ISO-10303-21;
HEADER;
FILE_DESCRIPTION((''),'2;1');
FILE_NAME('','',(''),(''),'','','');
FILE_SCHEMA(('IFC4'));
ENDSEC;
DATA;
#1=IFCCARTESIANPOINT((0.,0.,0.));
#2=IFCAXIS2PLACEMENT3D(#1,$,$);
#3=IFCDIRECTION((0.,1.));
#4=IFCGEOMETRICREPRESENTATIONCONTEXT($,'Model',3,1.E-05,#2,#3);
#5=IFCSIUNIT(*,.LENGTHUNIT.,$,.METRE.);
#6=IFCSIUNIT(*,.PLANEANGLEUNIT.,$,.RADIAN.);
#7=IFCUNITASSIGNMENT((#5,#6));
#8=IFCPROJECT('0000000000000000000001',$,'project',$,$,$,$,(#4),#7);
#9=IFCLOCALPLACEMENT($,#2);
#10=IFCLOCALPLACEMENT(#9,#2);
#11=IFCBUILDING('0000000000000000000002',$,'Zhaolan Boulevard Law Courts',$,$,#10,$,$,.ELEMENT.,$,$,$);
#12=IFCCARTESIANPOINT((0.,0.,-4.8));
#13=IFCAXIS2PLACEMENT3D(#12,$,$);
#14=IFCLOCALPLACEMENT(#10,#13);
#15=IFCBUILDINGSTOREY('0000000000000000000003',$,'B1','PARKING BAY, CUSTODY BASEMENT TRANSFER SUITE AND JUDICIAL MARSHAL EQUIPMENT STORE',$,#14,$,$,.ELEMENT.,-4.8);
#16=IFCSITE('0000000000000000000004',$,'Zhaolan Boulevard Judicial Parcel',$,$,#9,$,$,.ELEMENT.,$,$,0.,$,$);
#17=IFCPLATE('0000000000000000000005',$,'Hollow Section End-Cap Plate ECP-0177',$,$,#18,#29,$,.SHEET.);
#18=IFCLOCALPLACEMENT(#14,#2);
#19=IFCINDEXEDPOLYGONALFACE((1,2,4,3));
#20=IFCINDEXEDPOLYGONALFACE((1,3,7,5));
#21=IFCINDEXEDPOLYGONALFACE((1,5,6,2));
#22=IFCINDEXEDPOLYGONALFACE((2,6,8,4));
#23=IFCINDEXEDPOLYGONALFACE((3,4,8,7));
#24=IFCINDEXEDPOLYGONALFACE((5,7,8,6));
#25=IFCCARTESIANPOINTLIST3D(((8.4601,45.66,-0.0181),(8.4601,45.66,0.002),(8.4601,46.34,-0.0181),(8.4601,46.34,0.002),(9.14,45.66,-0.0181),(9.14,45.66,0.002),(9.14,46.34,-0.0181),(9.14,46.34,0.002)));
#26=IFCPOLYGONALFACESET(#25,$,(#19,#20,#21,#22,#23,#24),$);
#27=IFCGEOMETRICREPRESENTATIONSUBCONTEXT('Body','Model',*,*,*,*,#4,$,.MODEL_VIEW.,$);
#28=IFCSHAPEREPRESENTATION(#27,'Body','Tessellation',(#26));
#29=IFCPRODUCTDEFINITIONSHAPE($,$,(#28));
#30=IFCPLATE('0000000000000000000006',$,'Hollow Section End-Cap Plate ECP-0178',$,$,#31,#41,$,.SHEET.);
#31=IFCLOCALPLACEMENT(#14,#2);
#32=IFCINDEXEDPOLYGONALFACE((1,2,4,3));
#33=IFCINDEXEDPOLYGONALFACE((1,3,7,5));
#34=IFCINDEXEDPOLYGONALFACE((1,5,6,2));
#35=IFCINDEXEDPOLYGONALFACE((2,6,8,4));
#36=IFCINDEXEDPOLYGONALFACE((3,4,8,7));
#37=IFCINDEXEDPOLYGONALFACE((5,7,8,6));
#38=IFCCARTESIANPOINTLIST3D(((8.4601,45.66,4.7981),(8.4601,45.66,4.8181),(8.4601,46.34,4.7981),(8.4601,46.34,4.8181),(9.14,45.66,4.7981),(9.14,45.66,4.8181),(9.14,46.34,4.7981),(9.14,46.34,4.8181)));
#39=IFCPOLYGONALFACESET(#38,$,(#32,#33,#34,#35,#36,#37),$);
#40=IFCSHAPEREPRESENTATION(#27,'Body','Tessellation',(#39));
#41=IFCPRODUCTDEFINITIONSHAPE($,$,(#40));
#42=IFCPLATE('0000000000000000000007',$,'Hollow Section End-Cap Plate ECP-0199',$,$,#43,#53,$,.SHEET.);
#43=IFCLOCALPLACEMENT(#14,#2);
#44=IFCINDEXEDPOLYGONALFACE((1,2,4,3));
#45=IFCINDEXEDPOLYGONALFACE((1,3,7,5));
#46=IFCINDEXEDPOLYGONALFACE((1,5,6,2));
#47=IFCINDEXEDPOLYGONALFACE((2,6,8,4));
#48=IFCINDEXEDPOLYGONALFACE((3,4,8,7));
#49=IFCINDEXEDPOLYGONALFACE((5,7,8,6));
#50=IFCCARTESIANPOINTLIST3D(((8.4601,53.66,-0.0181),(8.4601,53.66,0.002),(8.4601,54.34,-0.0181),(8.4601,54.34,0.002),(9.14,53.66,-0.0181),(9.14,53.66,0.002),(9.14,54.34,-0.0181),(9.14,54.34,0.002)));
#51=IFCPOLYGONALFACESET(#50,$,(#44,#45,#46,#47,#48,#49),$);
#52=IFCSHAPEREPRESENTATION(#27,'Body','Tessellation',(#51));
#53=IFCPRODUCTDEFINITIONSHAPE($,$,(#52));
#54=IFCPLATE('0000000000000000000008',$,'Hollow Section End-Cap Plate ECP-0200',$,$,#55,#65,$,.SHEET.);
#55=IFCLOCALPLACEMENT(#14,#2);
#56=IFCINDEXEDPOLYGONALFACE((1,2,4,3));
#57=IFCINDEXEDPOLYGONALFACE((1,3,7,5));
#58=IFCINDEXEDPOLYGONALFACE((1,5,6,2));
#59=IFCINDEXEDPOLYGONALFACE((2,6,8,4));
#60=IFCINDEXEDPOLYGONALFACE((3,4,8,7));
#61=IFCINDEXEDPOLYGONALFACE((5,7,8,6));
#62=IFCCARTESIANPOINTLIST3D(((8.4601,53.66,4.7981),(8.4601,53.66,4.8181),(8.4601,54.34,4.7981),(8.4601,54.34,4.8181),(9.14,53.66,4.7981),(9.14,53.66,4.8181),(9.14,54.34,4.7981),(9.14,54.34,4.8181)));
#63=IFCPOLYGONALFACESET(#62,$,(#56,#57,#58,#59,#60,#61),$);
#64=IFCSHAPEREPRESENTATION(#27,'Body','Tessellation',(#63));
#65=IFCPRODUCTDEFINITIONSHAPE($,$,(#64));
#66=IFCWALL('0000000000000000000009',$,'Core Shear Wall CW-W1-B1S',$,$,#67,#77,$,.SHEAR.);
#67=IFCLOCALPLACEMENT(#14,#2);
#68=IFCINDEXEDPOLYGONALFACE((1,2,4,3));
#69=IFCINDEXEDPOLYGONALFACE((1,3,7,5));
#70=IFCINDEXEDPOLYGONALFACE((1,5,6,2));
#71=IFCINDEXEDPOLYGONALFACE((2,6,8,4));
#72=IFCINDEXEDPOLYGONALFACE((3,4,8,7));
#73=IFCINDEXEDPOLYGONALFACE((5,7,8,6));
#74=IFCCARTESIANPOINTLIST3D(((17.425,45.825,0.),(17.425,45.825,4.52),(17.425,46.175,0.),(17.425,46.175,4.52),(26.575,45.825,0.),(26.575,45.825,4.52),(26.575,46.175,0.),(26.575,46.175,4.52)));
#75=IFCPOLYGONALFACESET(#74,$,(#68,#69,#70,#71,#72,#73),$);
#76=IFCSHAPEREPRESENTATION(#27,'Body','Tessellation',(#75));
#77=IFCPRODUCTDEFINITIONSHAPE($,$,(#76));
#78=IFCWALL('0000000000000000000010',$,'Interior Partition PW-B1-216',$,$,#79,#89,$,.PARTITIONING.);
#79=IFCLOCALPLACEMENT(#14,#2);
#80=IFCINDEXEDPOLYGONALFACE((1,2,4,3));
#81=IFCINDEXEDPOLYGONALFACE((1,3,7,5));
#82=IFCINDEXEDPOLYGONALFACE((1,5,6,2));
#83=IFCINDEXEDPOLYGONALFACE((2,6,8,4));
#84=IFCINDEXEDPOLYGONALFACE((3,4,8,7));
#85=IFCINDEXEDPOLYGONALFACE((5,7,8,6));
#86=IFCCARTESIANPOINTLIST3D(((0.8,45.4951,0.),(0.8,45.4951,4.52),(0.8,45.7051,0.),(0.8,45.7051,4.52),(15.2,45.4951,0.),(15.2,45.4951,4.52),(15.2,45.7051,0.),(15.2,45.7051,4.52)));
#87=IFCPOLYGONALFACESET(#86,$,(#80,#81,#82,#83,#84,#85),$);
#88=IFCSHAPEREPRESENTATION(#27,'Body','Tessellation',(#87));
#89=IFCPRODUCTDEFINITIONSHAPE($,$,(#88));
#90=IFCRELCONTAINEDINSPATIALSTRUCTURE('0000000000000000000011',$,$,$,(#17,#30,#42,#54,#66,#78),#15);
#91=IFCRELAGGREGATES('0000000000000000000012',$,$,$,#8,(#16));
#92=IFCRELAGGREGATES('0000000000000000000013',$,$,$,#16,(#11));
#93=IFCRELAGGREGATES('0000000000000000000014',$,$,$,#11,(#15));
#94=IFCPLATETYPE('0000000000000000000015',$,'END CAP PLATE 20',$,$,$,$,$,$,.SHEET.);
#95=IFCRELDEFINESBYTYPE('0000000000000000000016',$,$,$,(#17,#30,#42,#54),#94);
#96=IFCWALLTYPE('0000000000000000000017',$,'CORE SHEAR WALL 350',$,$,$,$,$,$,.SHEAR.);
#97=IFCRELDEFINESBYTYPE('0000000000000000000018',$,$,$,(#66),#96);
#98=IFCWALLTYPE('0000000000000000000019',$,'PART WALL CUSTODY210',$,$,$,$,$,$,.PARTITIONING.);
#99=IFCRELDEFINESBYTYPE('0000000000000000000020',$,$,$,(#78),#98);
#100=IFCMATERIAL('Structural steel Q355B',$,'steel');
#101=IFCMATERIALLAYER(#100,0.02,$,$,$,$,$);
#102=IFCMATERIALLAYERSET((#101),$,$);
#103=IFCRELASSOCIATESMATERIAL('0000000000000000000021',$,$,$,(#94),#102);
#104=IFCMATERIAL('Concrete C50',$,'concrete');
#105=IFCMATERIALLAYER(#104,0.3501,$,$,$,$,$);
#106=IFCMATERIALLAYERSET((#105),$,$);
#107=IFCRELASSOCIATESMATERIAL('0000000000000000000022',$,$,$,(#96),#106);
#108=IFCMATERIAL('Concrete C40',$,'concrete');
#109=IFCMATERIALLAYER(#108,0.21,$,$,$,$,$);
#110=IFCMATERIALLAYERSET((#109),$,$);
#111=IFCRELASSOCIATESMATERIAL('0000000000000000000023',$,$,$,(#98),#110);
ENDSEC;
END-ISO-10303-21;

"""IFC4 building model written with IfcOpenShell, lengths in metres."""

from ifc_helpers import new_model, si_unit, direction, frame, frame_2d, origin, origin_2d, place, context, subcontext, project, spatial, rectangle, extrude, material, layer, layer_set, type_object, element, save


model = new_model("IFC4")

# Units and contexts
model_context = context("Model", 3, precision=1e-05, world=origin(), true_north=direction((0.0, 1.0)))
body_context = subcontext(model_context, "Body", "Model", "MODEL_VIEW")
ifc_project = project(units=[si_unit("LENGTHUNIT", "METRE"), si_unit("PLANEANGLEUNIT", "RADIAN")], contexts=[model_context])

# Site, building, storey
site_placement = place(None, origin())
site = spatial("IfcSite", under=ifc_project, at=site_placement, Name="Zhaolan Boulevard Judicial Parcel", CompositionType="ELEMENT", RefElevation=0.0)
building_placement = place(site_placement, origin())
building = spatial("IfcBuilding", under=site, at=building_placement, Name="Zhaolan Boulevard Law Courts", CompositionType="ELEMENT")
storey_placement = place(building_placement, frame((0.0, 0.0, -4.8)))
storey = spatial("IfcBuildingStorey", under=building, at=storey_placement, Name="B1", Description="PARKING BAY, CUSTODY BASEMENT TRANSFER SUITE AND JUDICIAL MARSHAL EQUIPMENT STORE", CompositionType="ELEMENT", Elevation=-4.8)

# Plates
ifc_material_1 = material(Name="Structural steel Q355B", Category="steel")
ifc_layer_1 = layer(ifc_material_1, 0.02)
ifc_layer_set_1 = layer_set([ifc_layer_1])
plate_type = type_object("IfcPlateType", Name="END CAP PLATE 20", PredefinedType="SHEET", material=ifc_layer_set_1)
for number, where, z_axis, x_axis, name in (
    (1, (8.8, 46.0, -0.0181), (0.0, 0.0, 1.0), (1.0, 0.0, 0.0), "Hollow Section End-Cap Plate ECP-0177"),
    (2, (8.8, 46.0, 4.7981), (0.0, 0.0, 1.0), (1.0, 0.0, 0.0), "Hollow Section End-Cap Plate ECP-0178"),
    (3, (8.8, 54.0, -0.0181), (0.0, 0.0, 1.0), (1.0, 0.0, 0.0), "Hollow Section End-Cap Plate ECP-0199"),
    (4, (8.8, 54.0, 4.7981), (0.0, 0.0, 1.0), (1.0, 0.0, 0.0), "Hollow Section End-Cap Plate ECP-0200"),
):
    element("IfcPlate", number, at=place(storey_placement, frame(where, z_axis=z_axis, x_axis=x_axis)), inside=storey, type_object=plate_type, Name=name, PredefinedType="SHEET", context=body_context, shape_type="SweptSolid", body=[
        extrude(rectangle(XDim=0.6799, YDim=0.6799, at=origin_2d()), origin(), (0.0, 0.0, 1.0), 0.02),
    ])

# Walls
ifc_material_2 = material(Name="Concrete C50", Category="concrete")
ifc_layer_2 = layer(ifc_material_2, 0.3501)
ifc_layer_set_2 = layer_set([ifc_layer_2])
wall_type_1 = type_object("IfcWallType", Name="CORE SHEAR WALL 350", PredefinedType="SHEAR", material=ifc_layer_set_2)
wall_1_placement = place(storey_placement, frame((17.425, 46.0, 0.0), z_axis=(0.0, 0.0, 1.0), x_axis=(1.0, 0.0, 0.0)))
element("IfcWall", 5, at=wall_1_placement, inside=storey, type_object=wall_type_1, Name="Core Shear Wall CW-W1-B1S", PredefinedType="SHEAR", context=body_context, shape_type="SweptSolid", body=[
    extrude(rectangle(XDim=9.1499, YDim=0.3501, at=frame_2d((4.575, 0.0))), origin(), (0.0, 0.0, 1.0), 4.52),
])
ifc_material_3 = material(Name="Concrete C40", Category="concrete")
ifc_layer_3 = layer(ifc_material_3, 0.21)
ifc_layer_set_3 = layer_set([ifc_layer_3])
wall_type_2 = type_object("IfcWallType", Name="PART WALL CUSTODY210", PredefinedType="PARTITIONING", material=ifc_layer_set_3)
wall_2_placement = place(storey_placement, frame((15.2, 45.6001, 0.0), z_axis=(0.0, 0.0, 1.0), x_axis=(-1.0, 0.0, 0.0)))
element("IfcWall", 6, at=wall_2_placement, inside=storey, type_object=wall_type_2, Name="Interior Partition PW-B1-216", PredefinedType="PARTITIONING", context=body_context, shape_type="SweptSolid", body=[
    extrude(rectangle(XDim=14.3999, YDim=0.21, at=frame_2d((7.2, 0.0))), origin(), (0.0, 0.0, 1.0), 4.52),
])

save(model, "model.ifc")
